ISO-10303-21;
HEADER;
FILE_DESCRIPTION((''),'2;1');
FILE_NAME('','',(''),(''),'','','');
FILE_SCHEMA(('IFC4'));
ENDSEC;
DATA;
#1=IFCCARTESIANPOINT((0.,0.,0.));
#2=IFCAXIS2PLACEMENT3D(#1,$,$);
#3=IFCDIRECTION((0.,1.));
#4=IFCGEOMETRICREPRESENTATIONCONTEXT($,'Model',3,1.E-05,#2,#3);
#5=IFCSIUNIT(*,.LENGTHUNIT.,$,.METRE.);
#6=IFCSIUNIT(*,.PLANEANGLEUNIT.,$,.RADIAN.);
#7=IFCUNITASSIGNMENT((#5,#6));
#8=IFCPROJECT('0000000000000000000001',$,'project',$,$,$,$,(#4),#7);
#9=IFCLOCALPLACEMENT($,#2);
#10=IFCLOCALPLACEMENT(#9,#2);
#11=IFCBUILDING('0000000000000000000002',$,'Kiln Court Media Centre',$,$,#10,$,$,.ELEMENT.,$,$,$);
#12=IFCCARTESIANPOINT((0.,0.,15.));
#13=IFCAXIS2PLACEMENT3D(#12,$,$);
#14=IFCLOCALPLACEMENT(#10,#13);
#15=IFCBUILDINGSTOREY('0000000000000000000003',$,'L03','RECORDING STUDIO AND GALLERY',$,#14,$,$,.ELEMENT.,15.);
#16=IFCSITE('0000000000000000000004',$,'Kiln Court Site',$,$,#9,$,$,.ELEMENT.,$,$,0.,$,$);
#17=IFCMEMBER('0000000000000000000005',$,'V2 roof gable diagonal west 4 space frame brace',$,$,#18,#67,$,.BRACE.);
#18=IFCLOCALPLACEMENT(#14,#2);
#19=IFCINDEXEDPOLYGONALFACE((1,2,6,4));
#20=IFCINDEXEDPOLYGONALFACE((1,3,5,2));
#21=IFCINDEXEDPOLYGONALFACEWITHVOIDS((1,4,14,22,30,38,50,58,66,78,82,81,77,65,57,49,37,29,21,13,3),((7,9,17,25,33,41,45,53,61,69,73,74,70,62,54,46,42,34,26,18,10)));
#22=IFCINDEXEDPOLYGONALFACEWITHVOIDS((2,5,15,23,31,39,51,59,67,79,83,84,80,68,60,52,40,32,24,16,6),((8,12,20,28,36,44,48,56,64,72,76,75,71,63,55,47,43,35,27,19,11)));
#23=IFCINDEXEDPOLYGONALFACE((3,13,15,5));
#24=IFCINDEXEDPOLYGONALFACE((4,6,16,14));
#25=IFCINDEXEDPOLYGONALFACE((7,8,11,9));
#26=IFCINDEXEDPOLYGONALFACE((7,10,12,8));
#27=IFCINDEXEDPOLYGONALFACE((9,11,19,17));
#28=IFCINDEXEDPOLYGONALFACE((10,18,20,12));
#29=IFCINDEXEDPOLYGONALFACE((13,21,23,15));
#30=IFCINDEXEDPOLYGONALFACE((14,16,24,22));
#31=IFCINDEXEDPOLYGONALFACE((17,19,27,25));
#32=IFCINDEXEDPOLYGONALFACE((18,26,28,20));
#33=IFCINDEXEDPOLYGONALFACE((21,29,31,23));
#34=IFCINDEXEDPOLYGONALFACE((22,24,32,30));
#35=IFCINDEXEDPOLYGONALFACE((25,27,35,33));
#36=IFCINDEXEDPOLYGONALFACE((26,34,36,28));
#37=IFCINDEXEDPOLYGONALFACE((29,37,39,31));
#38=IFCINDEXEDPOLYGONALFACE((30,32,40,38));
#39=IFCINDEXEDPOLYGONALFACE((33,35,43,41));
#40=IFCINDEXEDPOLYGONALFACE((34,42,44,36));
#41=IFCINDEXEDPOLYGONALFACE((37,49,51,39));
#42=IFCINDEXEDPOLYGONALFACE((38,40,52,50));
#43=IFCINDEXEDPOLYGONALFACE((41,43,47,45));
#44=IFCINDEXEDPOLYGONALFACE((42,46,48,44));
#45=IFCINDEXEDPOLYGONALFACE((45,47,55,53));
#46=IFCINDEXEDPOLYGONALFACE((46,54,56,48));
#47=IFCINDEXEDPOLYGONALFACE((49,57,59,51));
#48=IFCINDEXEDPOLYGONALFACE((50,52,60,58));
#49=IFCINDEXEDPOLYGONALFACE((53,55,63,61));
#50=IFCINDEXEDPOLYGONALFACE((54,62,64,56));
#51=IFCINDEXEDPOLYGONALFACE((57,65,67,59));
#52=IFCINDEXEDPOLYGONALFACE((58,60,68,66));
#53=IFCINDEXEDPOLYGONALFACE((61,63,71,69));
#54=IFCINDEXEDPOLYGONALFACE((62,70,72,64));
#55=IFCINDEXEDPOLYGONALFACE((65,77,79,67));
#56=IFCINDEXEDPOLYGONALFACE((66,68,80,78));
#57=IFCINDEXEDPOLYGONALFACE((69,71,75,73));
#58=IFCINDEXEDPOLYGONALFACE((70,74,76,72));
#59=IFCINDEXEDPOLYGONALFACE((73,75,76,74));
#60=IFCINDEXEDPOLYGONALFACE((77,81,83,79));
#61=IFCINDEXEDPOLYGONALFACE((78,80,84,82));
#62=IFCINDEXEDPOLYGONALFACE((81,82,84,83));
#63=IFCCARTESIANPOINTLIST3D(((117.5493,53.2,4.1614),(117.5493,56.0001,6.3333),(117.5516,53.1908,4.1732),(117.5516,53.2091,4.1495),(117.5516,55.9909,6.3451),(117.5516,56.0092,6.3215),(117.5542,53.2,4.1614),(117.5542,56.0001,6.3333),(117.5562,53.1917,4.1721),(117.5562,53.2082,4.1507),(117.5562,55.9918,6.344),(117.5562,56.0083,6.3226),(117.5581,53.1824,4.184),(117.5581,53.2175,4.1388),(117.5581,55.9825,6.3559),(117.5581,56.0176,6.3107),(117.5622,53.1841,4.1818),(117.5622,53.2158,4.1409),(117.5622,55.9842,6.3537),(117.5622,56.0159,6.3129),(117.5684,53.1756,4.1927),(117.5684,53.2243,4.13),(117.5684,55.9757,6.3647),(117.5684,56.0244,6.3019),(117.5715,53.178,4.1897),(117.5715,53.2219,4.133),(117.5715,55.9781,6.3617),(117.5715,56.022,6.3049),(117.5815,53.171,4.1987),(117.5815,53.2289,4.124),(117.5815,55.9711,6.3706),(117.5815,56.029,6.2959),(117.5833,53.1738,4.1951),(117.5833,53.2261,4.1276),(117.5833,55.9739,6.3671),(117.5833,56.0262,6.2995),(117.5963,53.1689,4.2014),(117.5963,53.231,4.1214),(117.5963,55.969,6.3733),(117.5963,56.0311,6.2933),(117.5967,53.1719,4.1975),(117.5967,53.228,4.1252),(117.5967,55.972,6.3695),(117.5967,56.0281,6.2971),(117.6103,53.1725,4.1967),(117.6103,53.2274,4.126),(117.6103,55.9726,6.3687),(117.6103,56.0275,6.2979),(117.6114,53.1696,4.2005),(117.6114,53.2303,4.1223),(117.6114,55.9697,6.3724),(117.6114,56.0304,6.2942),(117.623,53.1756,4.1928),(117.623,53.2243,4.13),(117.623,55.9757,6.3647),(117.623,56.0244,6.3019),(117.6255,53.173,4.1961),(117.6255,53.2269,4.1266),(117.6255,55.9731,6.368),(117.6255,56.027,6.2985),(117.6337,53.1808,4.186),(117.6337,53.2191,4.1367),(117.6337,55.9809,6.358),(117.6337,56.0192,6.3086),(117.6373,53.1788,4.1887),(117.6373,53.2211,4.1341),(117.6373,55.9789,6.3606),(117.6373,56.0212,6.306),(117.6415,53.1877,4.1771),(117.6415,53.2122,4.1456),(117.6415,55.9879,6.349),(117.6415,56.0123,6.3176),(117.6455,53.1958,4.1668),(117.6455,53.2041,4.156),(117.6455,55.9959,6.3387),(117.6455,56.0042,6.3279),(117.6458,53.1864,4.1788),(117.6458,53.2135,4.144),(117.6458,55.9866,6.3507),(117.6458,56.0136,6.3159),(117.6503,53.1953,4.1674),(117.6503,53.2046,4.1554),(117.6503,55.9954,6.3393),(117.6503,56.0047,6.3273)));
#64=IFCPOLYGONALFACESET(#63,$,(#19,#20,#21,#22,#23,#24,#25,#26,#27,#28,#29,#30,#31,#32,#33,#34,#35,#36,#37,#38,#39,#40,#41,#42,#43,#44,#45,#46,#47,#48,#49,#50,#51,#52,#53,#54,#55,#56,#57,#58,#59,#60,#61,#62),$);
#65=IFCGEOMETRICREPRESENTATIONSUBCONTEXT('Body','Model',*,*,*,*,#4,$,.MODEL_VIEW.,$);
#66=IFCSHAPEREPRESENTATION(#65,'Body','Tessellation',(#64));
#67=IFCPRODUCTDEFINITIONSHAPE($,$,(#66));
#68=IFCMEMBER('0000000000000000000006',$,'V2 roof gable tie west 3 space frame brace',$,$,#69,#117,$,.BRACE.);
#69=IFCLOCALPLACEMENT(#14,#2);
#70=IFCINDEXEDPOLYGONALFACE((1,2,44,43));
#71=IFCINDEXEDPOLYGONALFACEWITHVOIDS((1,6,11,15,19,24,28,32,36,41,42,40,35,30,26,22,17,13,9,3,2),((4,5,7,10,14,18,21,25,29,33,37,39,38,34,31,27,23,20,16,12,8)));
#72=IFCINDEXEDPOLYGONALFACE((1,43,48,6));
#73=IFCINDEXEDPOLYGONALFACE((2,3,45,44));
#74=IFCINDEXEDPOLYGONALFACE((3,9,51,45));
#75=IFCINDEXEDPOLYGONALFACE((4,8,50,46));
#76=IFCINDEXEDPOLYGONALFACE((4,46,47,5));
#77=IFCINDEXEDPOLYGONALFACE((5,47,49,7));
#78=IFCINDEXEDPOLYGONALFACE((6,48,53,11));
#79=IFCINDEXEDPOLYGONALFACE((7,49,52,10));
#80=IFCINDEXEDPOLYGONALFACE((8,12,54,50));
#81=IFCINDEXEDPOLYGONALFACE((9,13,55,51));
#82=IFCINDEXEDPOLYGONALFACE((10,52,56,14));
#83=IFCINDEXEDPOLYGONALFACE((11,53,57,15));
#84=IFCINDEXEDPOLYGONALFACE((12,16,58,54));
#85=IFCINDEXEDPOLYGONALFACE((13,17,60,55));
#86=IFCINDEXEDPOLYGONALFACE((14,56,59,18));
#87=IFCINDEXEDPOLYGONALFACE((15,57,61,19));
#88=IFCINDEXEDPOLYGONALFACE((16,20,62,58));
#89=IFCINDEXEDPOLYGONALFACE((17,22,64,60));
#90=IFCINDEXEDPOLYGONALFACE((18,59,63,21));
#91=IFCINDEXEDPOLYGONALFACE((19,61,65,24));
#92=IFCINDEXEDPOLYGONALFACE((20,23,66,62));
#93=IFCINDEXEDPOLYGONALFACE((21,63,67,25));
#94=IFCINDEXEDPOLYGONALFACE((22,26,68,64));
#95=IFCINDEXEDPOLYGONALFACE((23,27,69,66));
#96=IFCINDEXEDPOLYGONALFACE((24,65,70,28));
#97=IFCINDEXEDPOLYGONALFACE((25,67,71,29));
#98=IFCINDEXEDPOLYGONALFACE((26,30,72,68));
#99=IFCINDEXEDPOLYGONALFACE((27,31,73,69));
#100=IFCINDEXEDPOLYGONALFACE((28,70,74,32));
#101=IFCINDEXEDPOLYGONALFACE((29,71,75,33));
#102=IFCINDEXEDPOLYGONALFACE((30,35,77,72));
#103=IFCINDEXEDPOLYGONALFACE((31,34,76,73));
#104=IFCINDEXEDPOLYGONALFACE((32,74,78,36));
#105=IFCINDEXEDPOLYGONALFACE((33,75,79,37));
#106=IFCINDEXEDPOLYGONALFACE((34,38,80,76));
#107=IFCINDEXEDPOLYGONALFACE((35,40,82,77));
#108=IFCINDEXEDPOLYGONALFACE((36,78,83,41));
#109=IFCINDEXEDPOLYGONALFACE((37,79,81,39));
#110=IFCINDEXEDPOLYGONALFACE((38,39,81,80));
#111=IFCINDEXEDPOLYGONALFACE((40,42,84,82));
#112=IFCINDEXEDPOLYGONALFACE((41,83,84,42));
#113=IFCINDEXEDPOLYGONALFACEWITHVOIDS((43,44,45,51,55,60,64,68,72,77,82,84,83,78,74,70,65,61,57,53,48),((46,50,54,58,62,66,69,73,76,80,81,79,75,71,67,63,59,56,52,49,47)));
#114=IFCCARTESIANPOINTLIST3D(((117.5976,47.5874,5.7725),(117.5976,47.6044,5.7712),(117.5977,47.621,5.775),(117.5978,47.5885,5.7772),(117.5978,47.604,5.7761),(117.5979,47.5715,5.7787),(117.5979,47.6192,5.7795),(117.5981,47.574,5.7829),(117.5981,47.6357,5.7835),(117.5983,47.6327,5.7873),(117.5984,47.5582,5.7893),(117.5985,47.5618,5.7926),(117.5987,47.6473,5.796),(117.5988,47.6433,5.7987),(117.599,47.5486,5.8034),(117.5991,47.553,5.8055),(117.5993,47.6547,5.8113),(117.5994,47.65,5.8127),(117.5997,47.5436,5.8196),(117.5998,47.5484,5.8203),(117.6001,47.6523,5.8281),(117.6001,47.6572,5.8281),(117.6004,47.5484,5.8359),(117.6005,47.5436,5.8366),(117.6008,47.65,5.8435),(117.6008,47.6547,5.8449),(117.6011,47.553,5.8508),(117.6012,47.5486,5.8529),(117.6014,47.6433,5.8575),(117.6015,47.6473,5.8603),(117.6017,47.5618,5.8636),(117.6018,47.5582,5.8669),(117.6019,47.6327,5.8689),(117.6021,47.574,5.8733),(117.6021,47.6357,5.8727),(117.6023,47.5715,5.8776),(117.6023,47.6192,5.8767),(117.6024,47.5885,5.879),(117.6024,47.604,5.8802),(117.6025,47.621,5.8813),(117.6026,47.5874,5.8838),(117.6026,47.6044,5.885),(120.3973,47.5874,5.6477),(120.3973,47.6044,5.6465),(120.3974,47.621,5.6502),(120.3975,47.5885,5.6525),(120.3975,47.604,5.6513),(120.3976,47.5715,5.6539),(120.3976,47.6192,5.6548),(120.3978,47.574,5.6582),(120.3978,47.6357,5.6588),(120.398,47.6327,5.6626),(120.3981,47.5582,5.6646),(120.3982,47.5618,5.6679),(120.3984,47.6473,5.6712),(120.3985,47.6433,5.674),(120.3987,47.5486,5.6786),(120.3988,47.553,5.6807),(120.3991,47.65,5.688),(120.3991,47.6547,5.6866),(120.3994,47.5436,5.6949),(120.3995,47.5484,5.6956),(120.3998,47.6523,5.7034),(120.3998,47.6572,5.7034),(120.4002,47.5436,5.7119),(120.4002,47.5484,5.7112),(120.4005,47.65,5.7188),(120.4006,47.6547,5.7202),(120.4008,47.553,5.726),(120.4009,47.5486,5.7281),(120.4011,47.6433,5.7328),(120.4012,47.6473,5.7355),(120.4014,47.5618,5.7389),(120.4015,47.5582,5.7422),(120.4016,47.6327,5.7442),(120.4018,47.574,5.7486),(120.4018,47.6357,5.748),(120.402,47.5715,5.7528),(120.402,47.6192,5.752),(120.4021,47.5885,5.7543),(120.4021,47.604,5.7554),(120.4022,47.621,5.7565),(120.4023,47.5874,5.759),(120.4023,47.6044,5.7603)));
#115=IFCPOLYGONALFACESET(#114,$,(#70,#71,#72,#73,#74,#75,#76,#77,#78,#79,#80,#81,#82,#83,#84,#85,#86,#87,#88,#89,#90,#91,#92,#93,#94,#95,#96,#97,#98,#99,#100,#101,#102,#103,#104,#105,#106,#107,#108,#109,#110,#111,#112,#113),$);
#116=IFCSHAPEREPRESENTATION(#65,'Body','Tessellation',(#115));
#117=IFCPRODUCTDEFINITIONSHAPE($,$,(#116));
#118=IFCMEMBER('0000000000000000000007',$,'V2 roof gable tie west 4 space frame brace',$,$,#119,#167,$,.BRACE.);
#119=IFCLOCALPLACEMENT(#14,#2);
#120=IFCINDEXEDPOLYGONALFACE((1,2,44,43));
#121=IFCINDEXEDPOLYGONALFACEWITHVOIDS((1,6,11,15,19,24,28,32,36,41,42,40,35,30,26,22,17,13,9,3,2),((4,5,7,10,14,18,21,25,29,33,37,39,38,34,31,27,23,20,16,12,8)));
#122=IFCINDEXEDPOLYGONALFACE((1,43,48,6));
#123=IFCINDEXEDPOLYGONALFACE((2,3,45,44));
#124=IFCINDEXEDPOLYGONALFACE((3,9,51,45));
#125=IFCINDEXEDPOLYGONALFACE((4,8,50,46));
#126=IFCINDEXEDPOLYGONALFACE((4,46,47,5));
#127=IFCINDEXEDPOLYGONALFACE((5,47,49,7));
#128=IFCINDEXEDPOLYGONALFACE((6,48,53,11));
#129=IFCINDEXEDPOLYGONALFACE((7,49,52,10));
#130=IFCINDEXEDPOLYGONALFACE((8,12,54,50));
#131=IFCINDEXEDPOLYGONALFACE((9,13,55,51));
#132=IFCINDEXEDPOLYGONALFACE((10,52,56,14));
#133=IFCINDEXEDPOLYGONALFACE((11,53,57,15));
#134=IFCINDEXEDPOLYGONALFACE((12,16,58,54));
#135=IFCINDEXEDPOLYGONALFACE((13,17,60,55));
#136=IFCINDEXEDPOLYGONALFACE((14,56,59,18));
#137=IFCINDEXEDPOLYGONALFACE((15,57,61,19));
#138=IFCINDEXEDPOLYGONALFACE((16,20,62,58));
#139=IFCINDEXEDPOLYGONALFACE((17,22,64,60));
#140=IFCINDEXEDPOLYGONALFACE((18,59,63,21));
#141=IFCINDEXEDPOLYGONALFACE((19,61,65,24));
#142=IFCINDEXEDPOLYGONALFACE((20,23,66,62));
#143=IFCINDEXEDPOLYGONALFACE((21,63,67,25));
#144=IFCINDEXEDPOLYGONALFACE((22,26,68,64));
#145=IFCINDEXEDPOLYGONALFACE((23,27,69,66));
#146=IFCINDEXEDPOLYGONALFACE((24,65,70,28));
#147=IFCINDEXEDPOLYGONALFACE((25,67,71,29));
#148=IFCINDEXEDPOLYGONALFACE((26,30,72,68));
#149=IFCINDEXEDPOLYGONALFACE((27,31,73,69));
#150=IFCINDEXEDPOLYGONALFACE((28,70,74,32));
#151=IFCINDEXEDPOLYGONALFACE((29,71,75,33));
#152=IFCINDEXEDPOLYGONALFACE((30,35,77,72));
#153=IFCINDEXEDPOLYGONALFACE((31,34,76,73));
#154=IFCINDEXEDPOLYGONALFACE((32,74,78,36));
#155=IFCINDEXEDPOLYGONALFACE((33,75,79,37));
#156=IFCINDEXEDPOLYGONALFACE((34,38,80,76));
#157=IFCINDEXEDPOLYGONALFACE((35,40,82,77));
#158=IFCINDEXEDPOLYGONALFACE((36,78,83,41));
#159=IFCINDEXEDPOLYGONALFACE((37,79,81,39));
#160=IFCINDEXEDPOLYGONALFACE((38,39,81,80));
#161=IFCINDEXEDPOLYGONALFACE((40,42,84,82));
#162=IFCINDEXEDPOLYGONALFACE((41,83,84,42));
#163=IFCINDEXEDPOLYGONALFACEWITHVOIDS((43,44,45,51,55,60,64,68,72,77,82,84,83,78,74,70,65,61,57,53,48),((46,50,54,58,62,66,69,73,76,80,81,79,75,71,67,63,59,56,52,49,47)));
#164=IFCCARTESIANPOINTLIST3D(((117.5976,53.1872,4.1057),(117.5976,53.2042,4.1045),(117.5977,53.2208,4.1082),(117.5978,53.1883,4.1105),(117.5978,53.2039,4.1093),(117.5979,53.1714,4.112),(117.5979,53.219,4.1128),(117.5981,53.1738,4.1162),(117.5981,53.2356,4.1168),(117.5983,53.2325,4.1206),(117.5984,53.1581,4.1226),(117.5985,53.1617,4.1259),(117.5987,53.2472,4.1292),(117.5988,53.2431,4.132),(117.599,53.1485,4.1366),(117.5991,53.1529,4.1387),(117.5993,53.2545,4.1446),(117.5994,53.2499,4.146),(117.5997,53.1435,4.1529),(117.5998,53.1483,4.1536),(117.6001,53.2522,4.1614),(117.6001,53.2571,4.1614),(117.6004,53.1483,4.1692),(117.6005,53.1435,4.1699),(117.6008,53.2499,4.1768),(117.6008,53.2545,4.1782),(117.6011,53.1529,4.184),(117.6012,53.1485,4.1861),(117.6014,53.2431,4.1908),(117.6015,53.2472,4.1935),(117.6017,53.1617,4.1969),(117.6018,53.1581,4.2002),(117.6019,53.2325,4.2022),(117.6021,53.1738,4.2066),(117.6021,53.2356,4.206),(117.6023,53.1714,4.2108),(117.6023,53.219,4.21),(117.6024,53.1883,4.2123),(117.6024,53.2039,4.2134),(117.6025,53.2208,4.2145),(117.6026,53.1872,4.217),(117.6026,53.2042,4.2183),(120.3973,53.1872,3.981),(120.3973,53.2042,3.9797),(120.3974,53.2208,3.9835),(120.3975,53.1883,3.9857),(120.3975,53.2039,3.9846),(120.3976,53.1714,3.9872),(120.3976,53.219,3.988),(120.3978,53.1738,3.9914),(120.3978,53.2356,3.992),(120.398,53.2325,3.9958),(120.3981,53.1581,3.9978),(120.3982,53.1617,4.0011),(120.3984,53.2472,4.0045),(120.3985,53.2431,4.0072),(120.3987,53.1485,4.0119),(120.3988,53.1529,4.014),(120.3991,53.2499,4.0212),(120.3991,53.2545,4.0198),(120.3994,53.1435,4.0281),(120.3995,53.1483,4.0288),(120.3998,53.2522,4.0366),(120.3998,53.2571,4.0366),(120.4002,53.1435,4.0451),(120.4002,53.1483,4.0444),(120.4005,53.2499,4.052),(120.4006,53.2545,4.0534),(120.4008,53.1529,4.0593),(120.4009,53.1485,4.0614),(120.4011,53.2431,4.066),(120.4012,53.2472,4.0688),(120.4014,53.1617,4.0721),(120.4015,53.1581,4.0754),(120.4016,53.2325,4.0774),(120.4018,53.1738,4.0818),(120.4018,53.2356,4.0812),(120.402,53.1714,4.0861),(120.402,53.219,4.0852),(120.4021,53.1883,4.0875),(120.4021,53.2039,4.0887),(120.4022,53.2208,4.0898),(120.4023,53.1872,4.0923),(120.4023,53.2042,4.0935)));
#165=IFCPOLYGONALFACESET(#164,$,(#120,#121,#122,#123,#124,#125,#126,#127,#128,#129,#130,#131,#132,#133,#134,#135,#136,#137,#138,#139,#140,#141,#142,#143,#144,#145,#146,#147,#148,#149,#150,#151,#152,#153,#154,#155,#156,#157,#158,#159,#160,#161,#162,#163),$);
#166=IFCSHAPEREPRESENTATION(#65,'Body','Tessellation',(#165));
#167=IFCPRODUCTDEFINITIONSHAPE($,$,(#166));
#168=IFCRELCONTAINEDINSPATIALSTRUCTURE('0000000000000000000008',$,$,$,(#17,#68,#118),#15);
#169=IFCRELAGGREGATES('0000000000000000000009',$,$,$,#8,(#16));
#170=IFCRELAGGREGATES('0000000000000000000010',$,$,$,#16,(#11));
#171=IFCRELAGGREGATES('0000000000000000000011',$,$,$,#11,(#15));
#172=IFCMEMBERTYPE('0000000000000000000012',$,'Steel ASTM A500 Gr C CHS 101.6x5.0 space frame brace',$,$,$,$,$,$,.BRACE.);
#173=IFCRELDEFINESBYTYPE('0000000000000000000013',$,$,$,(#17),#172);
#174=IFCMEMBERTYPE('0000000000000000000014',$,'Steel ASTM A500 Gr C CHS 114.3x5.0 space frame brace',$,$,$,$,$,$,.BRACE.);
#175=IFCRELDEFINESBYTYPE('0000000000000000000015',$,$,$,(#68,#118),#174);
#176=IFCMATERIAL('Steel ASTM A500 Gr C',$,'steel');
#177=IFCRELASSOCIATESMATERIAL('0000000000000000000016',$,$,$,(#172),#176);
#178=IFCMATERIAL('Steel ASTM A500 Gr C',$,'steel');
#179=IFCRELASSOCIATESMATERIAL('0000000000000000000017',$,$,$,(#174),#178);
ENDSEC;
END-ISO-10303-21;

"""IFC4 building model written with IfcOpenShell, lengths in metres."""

from ifc_helpers import new_model, si_unit, direction, frame, origin, origin_2d, place, context, subcontext, project, spatial, hollow_circle, extrude, material, material_profile, profile_set, type_object, element, save


model = new_model("IFC4")

# Units and contexts
model_context = context("Model", 3, precision=1e-05, world=origin(), true_north=direction((0.0, 1.0)))
body_context = subcontext(model_context, "Body", "Model", "MODEL_VIEW")
ifc_project = project(units=[si_unit("LENGTHUNIT", "METRE"), si_unit("PLANEANGLEUNIT", "RADIAN")], contexts=[model_context])

# Site, building, storey
site_placement = place(None, origin())
site = spatial("IfcSite", under=ifc_project, at=site_placement, Name="Kiln Court Site", CompositionType="ELEMENT", RefElevation=0.0)
building_placement = place(site_placement, origin())
building = spatial("IfcBuilding", under=site, at=building_placement, Name="Kiln Court Media Centre", CompositionType="ELEMENT")
storey_placement = place(building_placement, frame((0.0, 0.0, 15.0)))
storey = spatial("IfcBuildingStorey", under=building, at=storey_placement, Name="L03", Description="RECORDING STUDIO AND GALLERY", CompositionType="ELEMENT", Elevation=15.0)

# Members
ifc_material_1 = material(Name="Steel ASTM A500 Gr C", Category="steel")
ifc_material_profile_1 = material_profile(ifc_material_1, hollow_circle(Radius=0.0508, WallThickness=0.0049, at=origin_2d()), Name="CHS 101.6x5.0")
ifc_profile_set_1 = profile_set([ifc_material_profile_1], Name="Steel ASTM A500 Gr C")
member_type_1 = type_object("IfcMemberType", Name="Steel ASTM A500 Gr C CHS 101.6x5.0 space frame brace", PredefinedType="BRACE", material=ifc_profile_set_1)
member_1_placement = place(storey_placement, frame((117.6001, 53.2, 4.1614), z_axis=(0.0, 0.790164, 0.612896), x_axis=(-1.0, 0.0, 0.0)))
element("IfcMember", 1, at=member_1_placement, inside=storey, type_object=member_type_1, Name="V2 roof gable diagonal west 4 space frame brace", PredefinedType="BRACE", context=body_context, shape_type="SweptSolid", body=[
    extrude(hollow_circle(Radius=0.0508, WallThickness=0.0049, at=origin_2d()), origin(), (0.0, 0.0, 1.0), 3.5437),
])
ifc_material_2 = material(Name="Steel ASTM A500 Gr C", Category="steel")
ifc_material_profile_2 = material_profile(ifc_material_2, hollow_circle(Radius=0.0571, WallThickness=0.0049, at=origin_2d()), Name="CHS 114.3x5.0")
ifc_profile_set_2 = profile_set([ifc_material_profile_2], Name="Steel ASTM A500 Gr C")
member_type_2 = type_object("IfcMemberType", Name="Steel ASTM A500 Gr C CHS 114.3x5.0 space frame brace", PredefinedType="BRACE", material=ifc_profile_set_2)
for number, where, z_axis, x_axis, name in (
    (2, (117.6001, 47.6001, 5.8281), (0.999009, 0.0, -0.044515), (0.0, 1.0, 0.0), "V2 roof gable tie west 3 space frame brace"),
    (3, (117.6001, 53.2, 4.1614), (0.999009, 0.0, -0.044515), (0.0, 1.0, 0.0), "V2 roof gable tie west 4 space frame brace"),
):
    element("IfcMember", number, at=place(storey_placement, frame(where, z_axis=z_axis, x_axis=x_axis)), inside=storey, type_object=member_type_2, Name=name, PredefinedType="BRACE", context=body_context, shape_type="SweptSolid", body=[
        extrude(hollow_circle(Radius=0.0571, WallThickness=0.0049, at=origin_2d()), origin(), (0.0, 0.0, 1.0), 2.8025),
    ])

save(model, "model.ifc")
